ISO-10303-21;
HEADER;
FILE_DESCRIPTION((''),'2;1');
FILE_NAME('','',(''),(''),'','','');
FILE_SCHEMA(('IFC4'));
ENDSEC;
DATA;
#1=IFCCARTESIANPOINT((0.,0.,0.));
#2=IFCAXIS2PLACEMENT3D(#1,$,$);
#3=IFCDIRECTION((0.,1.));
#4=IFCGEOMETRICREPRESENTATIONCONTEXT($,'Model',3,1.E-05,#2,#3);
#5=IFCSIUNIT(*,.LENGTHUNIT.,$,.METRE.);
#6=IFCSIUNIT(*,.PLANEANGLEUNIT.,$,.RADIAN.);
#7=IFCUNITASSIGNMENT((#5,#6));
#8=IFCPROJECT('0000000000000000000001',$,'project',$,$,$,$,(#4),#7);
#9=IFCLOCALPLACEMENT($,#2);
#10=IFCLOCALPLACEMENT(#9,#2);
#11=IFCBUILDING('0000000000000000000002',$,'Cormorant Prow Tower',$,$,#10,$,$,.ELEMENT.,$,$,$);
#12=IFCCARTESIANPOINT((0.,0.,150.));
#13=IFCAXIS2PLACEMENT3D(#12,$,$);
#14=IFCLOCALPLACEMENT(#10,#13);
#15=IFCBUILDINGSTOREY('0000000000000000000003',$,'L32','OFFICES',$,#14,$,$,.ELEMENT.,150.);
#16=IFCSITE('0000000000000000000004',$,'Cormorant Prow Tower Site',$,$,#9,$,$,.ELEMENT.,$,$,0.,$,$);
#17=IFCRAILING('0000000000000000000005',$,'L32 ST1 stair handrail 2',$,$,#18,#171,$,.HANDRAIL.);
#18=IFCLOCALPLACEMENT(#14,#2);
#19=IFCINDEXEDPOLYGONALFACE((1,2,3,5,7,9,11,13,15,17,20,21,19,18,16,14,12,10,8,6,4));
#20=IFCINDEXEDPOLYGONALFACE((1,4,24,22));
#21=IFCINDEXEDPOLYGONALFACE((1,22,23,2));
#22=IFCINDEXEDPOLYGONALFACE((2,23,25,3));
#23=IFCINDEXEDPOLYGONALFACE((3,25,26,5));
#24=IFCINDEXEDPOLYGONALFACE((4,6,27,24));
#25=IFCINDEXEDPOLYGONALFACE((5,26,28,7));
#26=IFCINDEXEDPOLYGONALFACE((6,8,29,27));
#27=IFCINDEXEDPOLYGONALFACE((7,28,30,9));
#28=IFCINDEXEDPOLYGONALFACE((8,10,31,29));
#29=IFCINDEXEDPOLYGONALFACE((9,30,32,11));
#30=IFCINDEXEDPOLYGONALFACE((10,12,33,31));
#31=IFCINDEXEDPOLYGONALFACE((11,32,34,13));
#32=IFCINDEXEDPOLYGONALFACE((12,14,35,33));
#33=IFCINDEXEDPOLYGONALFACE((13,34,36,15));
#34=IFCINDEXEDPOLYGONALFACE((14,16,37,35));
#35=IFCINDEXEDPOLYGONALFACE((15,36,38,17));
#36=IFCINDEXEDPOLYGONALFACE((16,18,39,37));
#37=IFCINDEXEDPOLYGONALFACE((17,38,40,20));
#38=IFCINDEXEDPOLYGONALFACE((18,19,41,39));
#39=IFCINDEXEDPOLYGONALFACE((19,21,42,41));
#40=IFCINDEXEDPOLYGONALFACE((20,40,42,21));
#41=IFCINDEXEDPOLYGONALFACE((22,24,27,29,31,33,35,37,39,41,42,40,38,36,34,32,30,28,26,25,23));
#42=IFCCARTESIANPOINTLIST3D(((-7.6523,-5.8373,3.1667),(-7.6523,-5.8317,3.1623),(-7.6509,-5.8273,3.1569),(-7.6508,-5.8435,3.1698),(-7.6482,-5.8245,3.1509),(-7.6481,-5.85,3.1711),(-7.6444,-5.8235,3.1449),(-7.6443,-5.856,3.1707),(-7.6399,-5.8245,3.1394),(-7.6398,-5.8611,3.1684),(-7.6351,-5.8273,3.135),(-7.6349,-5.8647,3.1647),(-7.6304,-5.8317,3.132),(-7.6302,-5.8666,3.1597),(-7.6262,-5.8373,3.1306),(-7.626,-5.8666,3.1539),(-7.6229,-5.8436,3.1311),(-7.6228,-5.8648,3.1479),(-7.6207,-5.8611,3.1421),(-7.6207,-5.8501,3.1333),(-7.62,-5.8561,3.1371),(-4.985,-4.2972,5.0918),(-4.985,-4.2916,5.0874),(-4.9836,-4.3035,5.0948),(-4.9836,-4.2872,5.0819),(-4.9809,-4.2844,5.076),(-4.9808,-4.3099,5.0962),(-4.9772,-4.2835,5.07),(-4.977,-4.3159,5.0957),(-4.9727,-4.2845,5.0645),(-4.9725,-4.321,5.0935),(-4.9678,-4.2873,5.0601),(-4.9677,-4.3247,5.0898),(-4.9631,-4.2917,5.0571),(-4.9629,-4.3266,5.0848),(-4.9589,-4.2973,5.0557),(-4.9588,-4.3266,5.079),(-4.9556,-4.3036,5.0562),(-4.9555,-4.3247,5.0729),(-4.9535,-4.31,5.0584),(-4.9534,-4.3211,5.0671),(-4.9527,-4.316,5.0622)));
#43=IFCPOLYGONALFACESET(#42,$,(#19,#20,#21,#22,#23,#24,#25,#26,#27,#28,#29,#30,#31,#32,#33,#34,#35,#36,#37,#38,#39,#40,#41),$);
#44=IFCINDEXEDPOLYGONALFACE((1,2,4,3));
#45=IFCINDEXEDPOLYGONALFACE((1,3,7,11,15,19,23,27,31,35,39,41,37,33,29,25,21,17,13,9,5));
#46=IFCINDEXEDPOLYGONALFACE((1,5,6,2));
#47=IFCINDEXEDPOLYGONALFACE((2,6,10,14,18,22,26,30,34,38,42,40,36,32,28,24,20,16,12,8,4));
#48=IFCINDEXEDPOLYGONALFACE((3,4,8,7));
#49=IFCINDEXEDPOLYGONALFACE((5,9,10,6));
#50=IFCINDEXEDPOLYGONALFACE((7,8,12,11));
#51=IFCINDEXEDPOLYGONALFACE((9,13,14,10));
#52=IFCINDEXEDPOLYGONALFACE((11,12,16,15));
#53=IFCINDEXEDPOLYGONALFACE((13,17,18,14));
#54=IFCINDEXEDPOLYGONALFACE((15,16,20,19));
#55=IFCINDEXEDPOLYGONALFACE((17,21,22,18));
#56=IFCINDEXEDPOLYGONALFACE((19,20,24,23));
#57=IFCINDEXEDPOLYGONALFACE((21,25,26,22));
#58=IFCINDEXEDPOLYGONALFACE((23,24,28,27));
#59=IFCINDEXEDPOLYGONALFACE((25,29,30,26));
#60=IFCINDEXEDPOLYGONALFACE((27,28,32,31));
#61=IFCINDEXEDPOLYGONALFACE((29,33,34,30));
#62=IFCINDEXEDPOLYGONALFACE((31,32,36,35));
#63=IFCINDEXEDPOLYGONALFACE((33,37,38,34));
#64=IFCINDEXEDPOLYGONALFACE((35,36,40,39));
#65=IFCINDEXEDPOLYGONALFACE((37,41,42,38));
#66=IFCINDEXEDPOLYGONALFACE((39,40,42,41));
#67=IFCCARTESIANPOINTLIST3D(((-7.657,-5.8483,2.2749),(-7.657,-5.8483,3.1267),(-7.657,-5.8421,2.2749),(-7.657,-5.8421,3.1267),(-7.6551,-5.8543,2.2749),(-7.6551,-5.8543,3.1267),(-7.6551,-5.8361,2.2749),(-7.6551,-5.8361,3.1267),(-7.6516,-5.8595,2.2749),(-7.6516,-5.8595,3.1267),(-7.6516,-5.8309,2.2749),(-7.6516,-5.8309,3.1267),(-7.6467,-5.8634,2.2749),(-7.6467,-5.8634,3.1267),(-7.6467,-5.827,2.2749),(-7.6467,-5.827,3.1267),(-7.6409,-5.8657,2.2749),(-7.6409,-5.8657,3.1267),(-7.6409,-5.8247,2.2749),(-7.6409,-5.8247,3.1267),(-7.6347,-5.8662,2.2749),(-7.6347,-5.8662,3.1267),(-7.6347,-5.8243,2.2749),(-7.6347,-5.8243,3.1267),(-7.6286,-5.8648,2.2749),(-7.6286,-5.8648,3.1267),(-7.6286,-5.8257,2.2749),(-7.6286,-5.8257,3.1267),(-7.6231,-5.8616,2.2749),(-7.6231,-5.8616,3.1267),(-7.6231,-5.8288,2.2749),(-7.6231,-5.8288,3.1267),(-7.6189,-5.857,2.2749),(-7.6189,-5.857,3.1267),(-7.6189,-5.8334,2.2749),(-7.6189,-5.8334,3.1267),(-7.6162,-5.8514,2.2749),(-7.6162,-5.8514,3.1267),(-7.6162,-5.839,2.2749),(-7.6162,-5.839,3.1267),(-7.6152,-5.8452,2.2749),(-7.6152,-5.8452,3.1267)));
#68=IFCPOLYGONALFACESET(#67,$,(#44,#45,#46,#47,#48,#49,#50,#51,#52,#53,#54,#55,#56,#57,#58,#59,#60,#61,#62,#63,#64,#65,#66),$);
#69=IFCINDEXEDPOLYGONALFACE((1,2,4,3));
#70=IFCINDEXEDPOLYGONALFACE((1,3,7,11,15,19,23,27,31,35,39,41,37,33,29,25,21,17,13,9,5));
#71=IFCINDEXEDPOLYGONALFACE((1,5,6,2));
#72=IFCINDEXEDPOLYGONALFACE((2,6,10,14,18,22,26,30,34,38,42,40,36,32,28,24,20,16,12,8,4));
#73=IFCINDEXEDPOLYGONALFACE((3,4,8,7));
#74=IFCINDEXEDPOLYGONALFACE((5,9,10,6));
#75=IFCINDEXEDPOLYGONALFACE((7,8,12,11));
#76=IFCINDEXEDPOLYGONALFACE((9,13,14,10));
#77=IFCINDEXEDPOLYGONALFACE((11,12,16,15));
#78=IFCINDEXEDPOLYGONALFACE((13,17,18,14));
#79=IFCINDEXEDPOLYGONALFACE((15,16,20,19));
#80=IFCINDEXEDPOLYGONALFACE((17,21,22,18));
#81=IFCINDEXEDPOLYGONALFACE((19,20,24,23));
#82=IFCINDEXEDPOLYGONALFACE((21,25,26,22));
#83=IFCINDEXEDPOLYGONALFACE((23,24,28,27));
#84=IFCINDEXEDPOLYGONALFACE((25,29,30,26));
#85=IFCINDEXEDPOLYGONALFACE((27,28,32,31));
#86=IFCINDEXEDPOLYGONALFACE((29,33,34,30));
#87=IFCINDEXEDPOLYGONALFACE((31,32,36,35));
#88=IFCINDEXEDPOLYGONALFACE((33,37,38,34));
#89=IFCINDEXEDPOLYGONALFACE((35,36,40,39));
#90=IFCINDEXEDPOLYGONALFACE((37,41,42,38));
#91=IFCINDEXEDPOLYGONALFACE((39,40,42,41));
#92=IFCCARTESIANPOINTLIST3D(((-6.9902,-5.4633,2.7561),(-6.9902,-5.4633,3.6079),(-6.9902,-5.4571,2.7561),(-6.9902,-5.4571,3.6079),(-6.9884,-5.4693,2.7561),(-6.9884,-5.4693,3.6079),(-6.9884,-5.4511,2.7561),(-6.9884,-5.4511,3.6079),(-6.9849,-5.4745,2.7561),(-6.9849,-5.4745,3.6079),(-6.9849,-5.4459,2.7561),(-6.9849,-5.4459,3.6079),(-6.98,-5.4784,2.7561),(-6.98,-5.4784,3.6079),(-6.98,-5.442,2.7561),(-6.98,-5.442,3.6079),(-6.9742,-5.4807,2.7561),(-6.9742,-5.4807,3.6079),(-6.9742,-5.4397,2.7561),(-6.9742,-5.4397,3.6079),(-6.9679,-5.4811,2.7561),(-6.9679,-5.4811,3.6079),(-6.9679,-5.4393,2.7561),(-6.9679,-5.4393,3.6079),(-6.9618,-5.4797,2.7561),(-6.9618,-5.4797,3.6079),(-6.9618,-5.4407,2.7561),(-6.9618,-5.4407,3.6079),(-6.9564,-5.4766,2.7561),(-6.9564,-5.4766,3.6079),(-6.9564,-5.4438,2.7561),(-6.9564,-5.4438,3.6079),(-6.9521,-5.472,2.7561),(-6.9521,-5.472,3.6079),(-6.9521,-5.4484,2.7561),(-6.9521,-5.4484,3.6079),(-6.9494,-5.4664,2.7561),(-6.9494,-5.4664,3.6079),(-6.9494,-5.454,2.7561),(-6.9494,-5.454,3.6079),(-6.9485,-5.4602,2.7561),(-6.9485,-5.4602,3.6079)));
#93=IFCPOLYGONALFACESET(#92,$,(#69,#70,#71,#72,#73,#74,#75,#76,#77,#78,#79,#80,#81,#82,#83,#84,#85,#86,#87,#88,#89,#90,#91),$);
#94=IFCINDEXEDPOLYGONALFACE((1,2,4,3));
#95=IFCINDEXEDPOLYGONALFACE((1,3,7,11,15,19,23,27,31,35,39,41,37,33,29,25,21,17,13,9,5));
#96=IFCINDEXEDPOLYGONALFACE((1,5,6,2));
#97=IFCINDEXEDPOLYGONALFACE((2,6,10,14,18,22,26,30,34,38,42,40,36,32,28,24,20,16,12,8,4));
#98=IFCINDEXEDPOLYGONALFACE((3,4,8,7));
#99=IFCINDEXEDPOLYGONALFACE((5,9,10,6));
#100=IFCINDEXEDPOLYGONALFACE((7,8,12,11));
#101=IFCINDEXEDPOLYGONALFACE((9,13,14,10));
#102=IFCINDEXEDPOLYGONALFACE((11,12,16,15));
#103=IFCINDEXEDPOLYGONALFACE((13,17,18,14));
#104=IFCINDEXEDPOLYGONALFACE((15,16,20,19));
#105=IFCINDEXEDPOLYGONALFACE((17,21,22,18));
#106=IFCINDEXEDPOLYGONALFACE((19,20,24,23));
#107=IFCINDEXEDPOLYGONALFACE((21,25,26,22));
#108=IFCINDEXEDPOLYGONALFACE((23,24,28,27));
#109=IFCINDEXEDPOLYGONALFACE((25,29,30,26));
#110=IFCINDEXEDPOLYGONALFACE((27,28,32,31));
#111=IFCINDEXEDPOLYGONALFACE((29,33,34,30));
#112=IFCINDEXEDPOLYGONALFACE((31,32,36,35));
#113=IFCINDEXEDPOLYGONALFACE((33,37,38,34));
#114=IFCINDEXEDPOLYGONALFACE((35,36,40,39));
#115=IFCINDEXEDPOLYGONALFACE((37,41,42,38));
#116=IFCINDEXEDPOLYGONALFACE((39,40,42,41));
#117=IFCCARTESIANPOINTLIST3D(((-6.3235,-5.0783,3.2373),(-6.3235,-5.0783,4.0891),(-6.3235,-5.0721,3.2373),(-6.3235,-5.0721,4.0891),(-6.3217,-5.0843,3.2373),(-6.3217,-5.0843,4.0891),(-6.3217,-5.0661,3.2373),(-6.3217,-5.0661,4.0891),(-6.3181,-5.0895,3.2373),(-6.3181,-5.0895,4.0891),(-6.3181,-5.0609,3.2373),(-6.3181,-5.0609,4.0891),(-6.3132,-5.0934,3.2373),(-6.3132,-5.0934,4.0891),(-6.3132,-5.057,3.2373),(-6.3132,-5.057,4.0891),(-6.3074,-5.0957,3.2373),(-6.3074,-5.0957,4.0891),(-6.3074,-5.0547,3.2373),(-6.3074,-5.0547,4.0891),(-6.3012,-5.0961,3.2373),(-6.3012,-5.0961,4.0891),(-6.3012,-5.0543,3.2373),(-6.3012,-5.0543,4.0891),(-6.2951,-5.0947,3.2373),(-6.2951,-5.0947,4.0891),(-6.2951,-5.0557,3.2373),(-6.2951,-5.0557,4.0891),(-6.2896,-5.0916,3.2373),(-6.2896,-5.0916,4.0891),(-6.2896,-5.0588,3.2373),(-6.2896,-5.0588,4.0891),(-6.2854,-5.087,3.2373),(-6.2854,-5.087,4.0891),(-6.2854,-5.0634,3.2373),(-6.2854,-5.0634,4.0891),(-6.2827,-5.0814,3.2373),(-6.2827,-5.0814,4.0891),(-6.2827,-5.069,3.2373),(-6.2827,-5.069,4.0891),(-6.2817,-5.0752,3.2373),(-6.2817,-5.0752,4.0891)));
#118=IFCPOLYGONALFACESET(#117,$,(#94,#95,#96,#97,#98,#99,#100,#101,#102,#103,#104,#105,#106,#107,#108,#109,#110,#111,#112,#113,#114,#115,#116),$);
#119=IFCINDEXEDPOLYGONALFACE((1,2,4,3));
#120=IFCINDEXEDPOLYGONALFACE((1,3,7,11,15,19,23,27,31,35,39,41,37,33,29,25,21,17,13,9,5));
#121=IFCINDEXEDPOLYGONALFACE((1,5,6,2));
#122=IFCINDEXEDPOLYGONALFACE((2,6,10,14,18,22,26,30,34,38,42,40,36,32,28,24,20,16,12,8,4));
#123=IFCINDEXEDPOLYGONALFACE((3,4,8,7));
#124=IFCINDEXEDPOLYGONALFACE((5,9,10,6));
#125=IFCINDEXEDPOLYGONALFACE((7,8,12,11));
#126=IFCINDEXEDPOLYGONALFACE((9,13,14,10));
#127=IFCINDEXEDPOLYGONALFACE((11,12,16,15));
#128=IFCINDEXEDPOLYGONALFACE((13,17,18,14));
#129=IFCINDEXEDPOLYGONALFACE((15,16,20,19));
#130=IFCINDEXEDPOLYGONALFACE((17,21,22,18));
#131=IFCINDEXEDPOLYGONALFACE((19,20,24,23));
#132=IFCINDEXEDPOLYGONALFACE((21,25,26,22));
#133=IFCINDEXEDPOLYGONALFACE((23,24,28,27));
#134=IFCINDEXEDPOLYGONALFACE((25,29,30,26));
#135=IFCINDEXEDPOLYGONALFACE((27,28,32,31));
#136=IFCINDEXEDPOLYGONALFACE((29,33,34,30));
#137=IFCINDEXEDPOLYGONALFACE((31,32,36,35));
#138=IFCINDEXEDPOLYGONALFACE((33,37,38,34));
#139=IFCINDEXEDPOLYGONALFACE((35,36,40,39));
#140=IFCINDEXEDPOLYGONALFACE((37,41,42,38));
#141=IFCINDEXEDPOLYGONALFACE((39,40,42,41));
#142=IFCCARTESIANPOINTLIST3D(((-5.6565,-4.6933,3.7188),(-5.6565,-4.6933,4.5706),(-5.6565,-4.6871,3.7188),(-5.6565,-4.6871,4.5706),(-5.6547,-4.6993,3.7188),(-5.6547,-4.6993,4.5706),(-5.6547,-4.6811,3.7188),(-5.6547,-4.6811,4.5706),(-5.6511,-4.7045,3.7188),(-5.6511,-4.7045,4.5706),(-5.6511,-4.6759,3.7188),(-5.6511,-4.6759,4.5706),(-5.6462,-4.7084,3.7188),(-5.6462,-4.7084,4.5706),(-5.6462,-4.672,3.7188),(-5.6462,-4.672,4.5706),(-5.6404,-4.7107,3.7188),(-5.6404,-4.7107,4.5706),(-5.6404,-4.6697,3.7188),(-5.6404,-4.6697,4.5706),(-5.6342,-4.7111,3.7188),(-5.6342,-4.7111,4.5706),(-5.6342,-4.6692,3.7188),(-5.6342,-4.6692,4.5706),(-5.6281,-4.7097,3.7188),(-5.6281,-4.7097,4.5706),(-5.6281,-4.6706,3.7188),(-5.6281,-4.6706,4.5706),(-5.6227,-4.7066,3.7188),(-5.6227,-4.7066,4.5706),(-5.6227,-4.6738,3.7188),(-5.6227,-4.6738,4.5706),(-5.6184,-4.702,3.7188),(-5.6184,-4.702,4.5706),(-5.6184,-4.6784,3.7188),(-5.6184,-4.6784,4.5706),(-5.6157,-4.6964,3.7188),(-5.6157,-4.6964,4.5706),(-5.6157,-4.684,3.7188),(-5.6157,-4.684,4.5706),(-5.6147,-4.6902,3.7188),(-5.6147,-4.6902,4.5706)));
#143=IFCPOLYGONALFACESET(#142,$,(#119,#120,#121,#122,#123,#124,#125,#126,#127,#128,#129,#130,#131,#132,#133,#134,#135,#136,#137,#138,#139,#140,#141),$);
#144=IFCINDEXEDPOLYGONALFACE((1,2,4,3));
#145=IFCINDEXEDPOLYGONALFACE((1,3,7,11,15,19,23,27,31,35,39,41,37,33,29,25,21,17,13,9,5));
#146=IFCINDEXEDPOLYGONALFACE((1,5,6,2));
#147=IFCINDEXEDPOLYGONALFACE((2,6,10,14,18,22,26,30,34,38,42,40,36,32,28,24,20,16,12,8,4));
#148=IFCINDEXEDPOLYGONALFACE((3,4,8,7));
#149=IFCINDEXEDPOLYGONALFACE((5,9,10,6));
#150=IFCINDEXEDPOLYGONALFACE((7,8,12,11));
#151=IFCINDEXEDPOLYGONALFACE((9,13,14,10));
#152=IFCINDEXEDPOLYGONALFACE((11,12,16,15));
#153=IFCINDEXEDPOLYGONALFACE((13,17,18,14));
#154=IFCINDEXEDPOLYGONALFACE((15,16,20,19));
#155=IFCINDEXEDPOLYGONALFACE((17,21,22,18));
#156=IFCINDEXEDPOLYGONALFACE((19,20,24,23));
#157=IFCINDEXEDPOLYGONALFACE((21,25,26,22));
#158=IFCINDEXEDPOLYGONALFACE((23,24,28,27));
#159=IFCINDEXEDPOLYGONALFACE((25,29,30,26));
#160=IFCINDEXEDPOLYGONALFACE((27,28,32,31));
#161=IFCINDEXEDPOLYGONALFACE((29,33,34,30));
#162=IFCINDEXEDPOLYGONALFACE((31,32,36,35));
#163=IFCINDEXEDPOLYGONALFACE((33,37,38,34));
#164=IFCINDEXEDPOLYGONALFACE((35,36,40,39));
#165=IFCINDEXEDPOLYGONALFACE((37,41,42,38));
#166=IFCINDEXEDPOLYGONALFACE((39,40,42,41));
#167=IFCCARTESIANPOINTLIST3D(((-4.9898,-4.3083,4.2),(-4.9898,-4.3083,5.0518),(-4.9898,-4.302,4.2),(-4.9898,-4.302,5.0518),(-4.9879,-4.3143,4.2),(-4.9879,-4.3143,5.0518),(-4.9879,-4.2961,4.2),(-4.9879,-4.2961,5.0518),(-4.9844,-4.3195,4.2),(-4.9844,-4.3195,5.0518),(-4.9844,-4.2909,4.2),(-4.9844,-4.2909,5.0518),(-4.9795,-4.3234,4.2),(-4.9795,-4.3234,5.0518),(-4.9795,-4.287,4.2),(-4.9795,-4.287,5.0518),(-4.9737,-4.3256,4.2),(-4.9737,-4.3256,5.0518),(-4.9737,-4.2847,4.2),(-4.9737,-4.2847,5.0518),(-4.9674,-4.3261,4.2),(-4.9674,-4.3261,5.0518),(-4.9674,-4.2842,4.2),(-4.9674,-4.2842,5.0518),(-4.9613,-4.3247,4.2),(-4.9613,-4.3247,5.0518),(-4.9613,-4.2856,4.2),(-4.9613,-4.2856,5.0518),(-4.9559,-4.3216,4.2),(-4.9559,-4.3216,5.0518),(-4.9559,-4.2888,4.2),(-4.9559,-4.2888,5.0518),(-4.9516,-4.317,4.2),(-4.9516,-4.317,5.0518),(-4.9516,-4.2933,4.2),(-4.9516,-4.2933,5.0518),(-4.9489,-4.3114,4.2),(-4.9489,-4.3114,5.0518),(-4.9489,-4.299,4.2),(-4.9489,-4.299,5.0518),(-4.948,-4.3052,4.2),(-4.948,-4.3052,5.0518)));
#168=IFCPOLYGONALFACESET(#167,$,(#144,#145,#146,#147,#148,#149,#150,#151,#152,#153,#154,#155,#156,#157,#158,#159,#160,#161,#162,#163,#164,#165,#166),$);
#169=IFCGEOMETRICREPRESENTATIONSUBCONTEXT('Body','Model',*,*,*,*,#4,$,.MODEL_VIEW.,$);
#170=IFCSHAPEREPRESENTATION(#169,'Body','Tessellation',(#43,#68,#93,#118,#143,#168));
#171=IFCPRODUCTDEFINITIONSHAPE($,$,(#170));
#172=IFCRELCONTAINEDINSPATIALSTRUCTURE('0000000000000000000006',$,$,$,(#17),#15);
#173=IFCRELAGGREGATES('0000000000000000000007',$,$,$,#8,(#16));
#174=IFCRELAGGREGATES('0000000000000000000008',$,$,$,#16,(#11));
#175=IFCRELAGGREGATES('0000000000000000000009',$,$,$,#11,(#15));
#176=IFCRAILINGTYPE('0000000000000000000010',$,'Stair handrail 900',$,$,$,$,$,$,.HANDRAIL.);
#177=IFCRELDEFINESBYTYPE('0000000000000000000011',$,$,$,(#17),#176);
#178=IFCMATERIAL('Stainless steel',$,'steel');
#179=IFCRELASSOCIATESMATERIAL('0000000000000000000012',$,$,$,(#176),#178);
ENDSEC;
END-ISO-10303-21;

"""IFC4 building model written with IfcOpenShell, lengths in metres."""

from ifc_helpers import new_model, si_unit, direction, frame, origin, origin_2d, place, context, subcontext, project, spatial, circle, extrude, material, type_object, element, save


model = new_model("IFC4")

# Units and contexts
model_context = context("Model", 3, precision=1e-05, world=origin(), true_north=direction((0.0, 1.0)))
body_context = subcontext(model_context, "Body", "Model", "MODEL_VIEW")
ifc_project = project(units=[si_unit("LENGTHUNIT", "METRE"), si_unit("PLANEANGLEUNIT", "RADIAN")], contexts=[model_context])

# Site, building, storey
site_placement = place(None, origin())
site = spatial("IfcSite", under=ifc_project, at=site_placement, Name="Cormorant Prow Tower Site", CompositionType="ELEMENT", RefElevation=0.0)
building_placement = place(site_placement, origin())
building = spatial("IfcBuilding", under=site, at=building_placement, Name="Cormorant Prow Tower", CompositionType="ELEMENT")
storey_placement = place(building_placement, frame((0.0, 0.0, 150.0)))
storey = spatial("IfcBuildingStorey", under=building, at=storey_placement, Name="L32", Description="OFFICES", CompositionType="ELEMENT", Elevation=150.0)

# Railing
ifc_material_1 = material(Name="Stainless steel", Category="steel")
railing_type = type_object("IfcRailingType", Name="Stair handrail 900", PredefinedType="HANDRAIL", material=ifc_material_1)
railing_placement = place(storey_placement, frame((-7.6362, -5.8452, 2.2749)))
element("IfcRailing", 1, at=railing_placement, inside=storey, type_object=railing_type, Name="L32 ST1 stair handrail 2", PredefinedType="HANDRAIL", context=body_context, shape_type="SweptSolid", body=[
    extrude(circle(Radius=0.0239, at=origin_2d()), frame((0.0, 0.0, 0.876), z_axis=(0.734364, 0.424015, 0.530019), x_axis=(-0.500027, 0.86601, 0.0)), (0.0, 0.0, 1.0), 3.6321),
    extrude(circle(Radius=0.021, at=origin_2d()), origin(), (0.0, 0.0, 1.0), 0.8518),
    extrude(circle(Radius=0.021, at=origin_2d()), frame((0.6667, 0.385, 0.4812)), (0.0, 0.0, 1.0), 0.8518),
    extrude(circle(Radius=0.021, at=origin_2d()), frame((1.3335, 0.77, 0.9624)), (0.0, 0.0, 1.0), 0.8518),
    extrude(circle(Radius=0.021, at=origin_2d()), frame((2.0005, 1.155, 1.4438)), (0.0, 0.0, 1.0), 0.8518),
    extrude(circle(Radius=0.021, at=origin_2d()), frame((2.6672, 1.54, 1.925)), (0.0, 0.0, 1.0), 0.8518),
])

save(model, "model.ifc")
